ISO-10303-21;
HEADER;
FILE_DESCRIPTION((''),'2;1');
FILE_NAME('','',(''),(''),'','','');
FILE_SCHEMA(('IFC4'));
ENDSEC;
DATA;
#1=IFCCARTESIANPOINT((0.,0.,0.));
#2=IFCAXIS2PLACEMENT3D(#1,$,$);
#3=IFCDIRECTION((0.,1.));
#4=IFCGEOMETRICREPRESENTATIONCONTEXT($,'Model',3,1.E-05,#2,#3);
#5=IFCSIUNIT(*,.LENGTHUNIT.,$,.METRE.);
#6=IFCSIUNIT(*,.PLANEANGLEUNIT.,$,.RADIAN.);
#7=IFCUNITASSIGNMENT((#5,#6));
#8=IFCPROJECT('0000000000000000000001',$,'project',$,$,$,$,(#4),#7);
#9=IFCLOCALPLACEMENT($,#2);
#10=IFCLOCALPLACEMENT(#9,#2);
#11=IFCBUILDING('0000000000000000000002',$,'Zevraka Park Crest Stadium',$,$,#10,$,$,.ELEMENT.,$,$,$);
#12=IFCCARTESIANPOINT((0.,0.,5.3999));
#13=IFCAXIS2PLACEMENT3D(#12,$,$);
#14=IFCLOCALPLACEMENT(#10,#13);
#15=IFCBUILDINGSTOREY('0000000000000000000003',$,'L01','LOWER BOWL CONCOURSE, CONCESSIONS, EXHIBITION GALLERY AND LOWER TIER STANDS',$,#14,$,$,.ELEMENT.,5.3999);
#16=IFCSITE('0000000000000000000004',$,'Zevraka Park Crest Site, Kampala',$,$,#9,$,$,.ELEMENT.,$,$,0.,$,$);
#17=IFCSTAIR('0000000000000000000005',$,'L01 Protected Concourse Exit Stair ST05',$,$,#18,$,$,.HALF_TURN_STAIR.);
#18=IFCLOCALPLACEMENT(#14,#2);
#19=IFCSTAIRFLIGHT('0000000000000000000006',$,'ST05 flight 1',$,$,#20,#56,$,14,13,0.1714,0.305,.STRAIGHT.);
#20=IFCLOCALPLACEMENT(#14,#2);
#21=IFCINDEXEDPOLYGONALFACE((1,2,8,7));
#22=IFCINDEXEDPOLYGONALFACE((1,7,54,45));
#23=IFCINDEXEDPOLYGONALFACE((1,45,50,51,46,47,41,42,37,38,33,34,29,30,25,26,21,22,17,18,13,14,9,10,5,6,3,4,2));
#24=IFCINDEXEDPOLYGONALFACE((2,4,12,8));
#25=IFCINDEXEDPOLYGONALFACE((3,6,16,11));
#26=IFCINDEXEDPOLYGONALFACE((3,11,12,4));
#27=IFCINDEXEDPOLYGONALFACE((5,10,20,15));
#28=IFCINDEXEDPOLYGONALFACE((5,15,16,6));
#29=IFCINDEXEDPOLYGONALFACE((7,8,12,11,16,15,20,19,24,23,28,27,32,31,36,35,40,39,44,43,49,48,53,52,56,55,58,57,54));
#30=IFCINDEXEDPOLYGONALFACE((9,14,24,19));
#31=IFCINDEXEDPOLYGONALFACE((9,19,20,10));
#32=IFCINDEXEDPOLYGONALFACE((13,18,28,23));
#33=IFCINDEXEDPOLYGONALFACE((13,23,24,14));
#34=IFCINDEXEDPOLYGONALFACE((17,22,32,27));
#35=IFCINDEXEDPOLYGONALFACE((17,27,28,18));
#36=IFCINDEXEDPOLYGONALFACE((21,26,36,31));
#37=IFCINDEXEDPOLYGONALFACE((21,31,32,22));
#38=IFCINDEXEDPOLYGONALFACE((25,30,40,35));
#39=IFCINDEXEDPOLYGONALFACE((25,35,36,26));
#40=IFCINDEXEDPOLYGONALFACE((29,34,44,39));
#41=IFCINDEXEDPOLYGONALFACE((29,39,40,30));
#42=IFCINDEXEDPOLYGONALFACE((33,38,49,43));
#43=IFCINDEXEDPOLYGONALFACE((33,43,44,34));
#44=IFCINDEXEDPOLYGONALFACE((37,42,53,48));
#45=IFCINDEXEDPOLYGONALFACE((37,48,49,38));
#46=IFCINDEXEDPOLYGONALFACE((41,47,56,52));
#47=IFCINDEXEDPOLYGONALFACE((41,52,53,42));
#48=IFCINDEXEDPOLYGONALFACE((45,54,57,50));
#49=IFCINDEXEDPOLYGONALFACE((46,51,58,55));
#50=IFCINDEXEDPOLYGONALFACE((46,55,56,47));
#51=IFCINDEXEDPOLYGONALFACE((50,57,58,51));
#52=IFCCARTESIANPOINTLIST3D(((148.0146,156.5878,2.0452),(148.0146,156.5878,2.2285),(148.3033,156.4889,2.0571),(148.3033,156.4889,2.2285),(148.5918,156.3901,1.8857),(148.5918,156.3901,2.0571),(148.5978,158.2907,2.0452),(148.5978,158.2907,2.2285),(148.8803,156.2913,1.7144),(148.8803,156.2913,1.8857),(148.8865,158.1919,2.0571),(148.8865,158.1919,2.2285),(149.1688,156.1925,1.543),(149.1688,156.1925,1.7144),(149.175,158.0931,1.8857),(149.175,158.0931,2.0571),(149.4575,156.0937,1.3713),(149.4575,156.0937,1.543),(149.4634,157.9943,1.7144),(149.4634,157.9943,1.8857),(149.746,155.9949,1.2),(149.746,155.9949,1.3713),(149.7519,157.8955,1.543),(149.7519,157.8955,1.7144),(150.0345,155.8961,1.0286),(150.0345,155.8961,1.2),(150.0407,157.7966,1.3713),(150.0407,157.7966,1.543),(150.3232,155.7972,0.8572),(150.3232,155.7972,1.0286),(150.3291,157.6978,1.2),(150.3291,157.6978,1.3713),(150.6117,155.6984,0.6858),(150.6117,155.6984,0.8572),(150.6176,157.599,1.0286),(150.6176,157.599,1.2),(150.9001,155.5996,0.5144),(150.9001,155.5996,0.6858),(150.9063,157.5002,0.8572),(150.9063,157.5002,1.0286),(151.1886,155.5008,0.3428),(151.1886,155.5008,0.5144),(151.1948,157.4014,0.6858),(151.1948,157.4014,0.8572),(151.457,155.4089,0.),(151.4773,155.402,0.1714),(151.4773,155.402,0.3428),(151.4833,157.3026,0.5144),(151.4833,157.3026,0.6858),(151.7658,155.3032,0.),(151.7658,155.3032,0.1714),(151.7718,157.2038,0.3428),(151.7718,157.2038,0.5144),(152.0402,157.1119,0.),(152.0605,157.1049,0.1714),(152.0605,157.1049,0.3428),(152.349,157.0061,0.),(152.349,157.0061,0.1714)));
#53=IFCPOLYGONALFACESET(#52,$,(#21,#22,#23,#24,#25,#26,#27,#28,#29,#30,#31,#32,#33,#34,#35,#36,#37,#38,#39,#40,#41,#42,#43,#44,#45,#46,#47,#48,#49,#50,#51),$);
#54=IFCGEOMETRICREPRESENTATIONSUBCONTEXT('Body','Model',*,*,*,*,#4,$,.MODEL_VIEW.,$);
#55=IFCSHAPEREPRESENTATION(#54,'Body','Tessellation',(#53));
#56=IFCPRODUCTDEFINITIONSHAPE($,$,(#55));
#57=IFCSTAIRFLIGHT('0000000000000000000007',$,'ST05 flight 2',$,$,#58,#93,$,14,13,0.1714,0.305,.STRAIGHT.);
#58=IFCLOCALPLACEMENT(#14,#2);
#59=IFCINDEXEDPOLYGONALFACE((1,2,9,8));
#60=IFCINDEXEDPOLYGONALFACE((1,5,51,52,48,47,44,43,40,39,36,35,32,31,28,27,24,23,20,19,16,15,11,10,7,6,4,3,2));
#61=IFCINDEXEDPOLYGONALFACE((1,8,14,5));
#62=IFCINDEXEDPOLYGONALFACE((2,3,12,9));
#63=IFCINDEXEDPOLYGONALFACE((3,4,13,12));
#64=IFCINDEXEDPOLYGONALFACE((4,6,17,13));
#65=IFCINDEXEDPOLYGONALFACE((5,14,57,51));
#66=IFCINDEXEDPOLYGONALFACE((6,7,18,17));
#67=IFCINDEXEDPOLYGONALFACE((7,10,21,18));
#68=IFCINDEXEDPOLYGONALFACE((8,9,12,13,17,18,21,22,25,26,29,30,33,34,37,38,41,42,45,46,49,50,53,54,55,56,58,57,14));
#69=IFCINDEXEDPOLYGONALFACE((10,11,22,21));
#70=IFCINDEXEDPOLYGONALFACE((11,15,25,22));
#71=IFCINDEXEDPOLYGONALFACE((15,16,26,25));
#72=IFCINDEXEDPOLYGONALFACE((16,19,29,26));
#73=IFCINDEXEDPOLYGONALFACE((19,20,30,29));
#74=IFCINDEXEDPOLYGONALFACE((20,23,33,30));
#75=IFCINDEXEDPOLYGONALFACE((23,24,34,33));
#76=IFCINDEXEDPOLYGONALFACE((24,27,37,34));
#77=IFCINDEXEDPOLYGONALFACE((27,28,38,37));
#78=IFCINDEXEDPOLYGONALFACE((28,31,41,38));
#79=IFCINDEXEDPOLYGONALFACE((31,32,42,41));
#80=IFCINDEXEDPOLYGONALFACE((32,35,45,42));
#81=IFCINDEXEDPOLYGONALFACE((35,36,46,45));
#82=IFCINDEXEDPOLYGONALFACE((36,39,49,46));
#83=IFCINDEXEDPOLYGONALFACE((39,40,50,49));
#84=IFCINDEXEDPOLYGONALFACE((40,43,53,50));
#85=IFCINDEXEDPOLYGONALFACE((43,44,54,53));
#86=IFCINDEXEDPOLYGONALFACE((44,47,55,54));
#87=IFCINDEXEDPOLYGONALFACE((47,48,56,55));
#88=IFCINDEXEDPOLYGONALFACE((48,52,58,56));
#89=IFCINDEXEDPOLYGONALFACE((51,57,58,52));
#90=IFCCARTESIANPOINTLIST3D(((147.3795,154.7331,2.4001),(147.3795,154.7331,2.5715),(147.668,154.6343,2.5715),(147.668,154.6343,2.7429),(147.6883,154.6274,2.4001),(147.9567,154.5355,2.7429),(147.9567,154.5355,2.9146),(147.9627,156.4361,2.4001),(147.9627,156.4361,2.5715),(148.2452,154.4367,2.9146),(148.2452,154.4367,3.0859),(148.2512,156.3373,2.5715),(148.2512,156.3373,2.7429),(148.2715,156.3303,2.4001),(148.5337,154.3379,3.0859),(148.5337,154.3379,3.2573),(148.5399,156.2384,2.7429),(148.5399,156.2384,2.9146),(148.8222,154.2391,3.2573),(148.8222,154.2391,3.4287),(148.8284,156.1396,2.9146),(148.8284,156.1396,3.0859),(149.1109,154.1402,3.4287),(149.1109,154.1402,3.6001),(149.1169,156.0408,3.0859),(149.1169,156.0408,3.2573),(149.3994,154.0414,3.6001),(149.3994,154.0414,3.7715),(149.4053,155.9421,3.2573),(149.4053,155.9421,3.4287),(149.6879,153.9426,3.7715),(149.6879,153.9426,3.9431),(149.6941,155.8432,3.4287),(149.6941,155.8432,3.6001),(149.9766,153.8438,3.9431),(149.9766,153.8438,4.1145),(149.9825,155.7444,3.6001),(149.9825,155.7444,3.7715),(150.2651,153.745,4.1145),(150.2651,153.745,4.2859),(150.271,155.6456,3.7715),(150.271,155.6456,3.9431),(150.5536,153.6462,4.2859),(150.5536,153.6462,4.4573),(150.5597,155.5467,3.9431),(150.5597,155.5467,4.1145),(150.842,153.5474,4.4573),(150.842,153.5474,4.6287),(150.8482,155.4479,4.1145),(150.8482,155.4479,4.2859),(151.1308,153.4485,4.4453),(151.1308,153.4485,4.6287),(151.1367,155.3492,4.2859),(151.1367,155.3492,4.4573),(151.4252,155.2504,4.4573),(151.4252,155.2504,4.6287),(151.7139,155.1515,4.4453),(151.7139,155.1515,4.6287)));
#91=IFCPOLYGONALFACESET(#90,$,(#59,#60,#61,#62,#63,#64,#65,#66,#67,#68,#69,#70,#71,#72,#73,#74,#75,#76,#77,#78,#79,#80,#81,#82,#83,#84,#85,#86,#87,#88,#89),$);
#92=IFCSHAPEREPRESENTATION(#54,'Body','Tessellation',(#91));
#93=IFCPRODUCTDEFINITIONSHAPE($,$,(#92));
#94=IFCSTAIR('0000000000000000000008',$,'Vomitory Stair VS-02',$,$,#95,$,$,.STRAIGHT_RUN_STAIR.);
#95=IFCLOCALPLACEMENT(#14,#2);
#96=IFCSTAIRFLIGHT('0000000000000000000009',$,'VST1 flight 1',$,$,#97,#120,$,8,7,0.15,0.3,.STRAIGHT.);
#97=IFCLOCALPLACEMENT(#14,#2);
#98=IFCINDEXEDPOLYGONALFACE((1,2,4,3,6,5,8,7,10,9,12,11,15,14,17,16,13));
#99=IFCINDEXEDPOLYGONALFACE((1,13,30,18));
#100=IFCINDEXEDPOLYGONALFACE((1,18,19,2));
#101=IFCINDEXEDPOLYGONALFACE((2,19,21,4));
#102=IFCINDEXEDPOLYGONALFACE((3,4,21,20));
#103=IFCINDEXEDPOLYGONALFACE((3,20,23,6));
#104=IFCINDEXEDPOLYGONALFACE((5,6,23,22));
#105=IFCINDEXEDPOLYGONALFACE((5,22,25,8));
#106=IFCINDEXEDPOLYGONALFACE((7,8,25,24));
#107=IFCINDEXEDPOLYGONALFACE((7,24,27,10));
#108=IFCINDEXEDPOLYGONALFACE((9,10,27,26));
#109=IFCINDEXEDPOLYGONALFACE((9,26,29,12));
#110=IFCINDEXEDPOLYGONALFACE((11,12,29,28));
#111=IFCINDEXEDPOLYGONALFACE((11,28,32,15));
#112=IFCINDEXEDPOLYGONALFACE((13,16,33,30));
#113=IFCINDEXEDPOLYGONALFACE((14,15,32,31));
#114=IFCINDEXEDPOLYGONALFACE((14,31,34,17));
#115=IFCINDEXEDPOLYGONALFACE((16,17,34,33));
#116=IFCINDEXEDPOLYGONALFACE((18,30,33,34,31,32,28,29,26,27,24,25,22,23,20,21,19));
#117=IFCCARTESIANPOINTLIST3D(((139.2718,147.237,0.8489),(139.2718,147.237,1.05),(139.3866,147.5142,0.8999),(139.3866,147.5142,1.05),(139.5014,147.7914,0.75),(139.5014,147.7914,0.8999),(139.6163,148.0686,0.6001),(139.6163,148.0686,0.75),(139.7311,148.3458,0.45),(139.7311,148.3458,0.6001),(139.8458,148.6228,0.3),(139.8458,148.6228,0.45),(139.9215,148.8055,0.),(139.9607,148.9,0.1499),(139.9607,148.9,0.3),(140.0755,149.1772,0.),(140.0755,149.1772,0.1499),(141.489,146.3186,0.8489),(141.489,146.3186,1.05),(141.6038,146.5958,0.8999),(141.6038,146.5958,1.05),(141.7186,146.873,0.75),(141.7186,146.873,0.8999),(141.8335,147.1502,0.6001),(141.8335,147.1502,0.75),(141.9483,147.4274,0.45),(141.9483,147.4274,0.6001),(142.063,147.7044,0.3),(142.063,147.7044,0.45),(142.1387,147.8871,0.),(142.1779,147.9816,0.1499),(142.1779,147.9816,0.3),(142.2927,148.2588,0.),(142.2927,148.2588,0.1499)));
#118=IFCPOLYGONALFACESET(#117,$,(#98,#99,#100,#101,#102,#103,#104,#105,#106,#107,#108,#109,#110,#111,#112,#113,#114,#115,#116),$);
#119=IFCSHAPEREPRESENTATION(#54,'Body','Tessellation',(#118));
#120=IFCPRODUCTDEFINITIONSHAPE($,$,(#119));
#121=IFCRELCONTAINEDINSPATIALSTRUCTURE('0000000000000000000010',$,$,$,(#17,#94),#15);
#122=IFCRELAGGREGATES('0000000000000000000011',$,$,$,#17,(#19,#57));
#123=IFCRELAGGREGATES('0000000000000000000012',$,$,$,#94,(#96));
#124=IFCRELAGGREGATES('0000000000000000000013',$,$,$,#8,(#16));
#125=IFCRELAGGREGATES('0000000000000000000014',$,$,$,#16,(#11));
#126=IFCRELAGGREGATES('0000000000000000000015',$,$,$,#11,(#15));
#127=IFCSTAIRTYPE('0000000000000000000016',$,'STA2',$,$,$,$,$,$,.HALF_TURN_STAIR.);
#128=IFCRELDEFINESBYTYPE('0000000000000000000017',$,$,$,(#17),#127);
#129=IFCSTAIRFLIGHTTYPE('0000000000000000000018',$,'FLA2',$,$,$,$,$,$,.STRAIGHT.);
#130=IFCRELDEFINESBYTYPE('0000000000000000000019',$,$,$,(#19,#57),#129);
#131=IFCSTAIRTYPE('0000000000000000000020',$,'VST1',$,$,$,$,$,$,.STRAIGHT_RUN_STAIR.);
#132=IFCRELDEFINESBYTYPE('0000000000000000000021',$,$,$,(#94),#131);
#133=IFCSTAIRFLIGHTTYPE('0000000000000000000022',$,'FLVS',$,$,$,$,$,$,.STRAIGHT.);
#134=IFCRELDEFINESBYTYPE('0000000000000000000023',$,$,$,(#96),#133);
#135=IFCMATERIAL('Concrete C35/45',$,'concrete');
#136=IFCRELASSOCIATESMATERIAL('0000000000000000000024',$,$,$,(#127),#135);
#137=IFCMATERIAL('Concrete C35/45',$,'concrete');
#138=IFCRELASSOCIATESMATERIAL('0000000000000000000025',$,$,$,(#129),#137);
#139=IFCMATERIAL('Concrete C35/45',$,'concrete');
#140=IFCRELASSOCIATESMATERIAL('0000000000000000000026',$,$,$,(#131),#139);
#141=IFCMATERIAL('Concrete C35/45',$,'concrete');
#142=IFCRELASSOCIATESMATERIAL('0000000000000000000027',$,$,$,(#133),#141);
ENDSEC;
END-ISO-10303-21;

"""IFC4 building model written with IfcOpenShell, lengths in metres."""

from ifc_helpers import new_model, si_unit, direction, frame, origin, place, context, subcontext, project, spatial, polyline, outline, extrude, material, type_object, element, aggregate, save


model = new_model("IFC4")

# Units and contexts
model_context = context("Model", 3, precision=1e-05, world=origin(), true_north=direction((0.0, 1.0)))
body_context = subcontext(model_context, "Body", "Model", "MODEL_VIEW")
ifc_project = project(units=[si_unit("LENGTHUNIT", "METRE"), si_unit("PLANEANGLEUNIT", "RADIAN")], contexts=[model_context])

# Site, building, storey
site_placement = place(None, origin())
site = spatial("IfcSite", under=ifc_project, at=site_placement, Name="Zevraka Park Crest Site, Kampala", CompositionType="ELEMENT", RefElevation=0.0)
building_placement = place(site_placement, origin())
building = spatial("IfcBuilding", under=site, at=building_placement, Name="Zevraka Park Crest Stadium", CompositionType="ELEMENT")
storey_placement = place(building_placement, frame((0.0, 0.0, 5.3999)))
storey = spatial("IfcBuildingStorey", under=building, at=storey_placement, Name="L01", Description="LOWER BOWL CONCOURSE, CONCESSIONS, EXHIBITION GALLERY AND LOWER TIER STANDS", CompositionType="ELEMENT", Elevation=5.3999)

# Stair, stair flights
ifc_material_1 = material(Name="Concrete C35/45", Category="concrete")
stair_type_1 = type_object("IfcStairType", Name="STA2", PredefinedType="HALF_TURN_STAIR", material=ifc_material_1)
stair_1_placement = place(storey_placement, origin())
stair_1 = element("IfcStair", 1, at=stair_1_placement, inside=storey, type_object=stair_type_1, Name="L01 Protected Concourse Exit Stair ST05", PredefinedType="HALF_TURN_STAIR")
ifc_material_2 = material(Name="Concrete C35/45", Category="concrete")
stair_flight_type_1 = type_object("IfcStairFlightType", Name="FLA2", PredefinedType="STRAIGHT", material=ifc_material_2)
stair_flight_1_placement = place(storey_placement, frame((152.0574, 156.1545, 0.0), z_axis=(0.0, 0.0, 1.0), x_axis=(-0.946066, 0.323974, 0.0)))
stair_flight_1 = element("IfcStairFlight", 2, at=stair_flight_1_placement, type_object=stair_flight_type_1, Name="ST05 flight 1", NumberOfRisers=14, NumberOfTreads=13, PredefinedType="STRAIGHT", RiserHeight=0.1714, TreadLength=0.305, context=body_context, shape_type="SweptSolid", body=[
    extrude(outline(polyline([(0.0, 0.0), (0.0, 0.1714), (0.3049, 0.1714), (0.3049, 0.3428), (0.6101, 0.3428), (0.6101, 0.5144), (0.915, 0.5144), (0.915, 0.6858), (1.22, 0.6858), (1.22, 0.8572), (1.5249, 0.8572), (1.5249, 1.0286), (1.8301, 1.0286), (1.8301, 1.2), (2.135, 1.2), (2.135, 1.3713), (2.4399, 1.3713), (2.4399, 1.543), (2.7451, 1.543), (2.7451, 1.7144), (3.05, 1.7144), (3.05, 1.8857), (3.355, 1.8857), (3.355, 2.0571), (3.6599, 2.0571), (3.6599, 2.2285), (3.9651, 2.2285), (3.9651, 2.3999), (3.9651, 2.0452), (0.3264, 0.0), (0.0, 0.0)])), frame((0.0, 0.8999, 0.0), z_axis=(0.0, -1.0, 0.0), x_axis=(1.0, 0.0, 0.0)), (0.0, 0.0, 1.0), 1.8),
])
stair_flight_2_placement = place(storey_placement, frame((147.6711, 155.5847, 2.4001), z_axis=(0.0, 0.0, 1.0), x_axis=(0.946066, -0.323974, 0.0)))
stair_flight_2 = element("IfcStairFlight", 3, at=stair_flight_2_placement, type_object=stair_flight_type_1, Name="ST05 flight 2", NumberOfRisers=14, NumberOfTreads=13, PredefinedType="STRAIGHT", RiserHeight=0.1714, TreadLength=0.305, context=body_context, shape_type="SweptSolid", body=[
    extrude(outline(polyline([(0.0, 0.0), (0.0, 0.1714), (0.3049, 0.1714), (0.3049, 0.3428), (0.6101, 0.3428), (0.6101, 0.5144), (0.915, 0.5144), (0.915, 0.6858), (1.22, 0.6858), (1.22, 0.8572), (1.5249, 0.8572), (1.5249, 1.0286), (1.8301, 1.0286), (1.8301, 1.2), (2.135, 1.2), (2.135, 1.3713), (2.4399, 1.3713), (2.4399, 1.543), (2.7451, 1.543), (2.7451, 1.7144), (3.05, 1.7144), (3.05, 1.8857), (3.355, 1.8857), (3.355, 2.0571), (3.6599, 2.0571), (3.6599, 2.2285), (3.9651, 2.2285), (3.9651, 2.3999), (3.9651, 2.0452), (0.3264, 0.0), (0.0, 0.0)])), frame((0.0, 0.8999, 0.0), z_axis=(0.0, -1.0, 0.0), x_axis=(1.0, 0.0, 0.0)), (0.0, 0.0, 1.0), 1.8),
])
aggregate(stair_1, [stair_flight_1, stair_flight_2])

# Stair, stair flight
ifc_material_3 = material(Name="Concrete C35/45", Category="concrete")
stair_type_2 = type_object("IfcStairType", Name="VST1", PredefinedType="STRAIGHT_RUN_STAIR", material=ifc_material_3)
stair_2_placement = place(storey_placement, origin())
stair_2 = element("IfcStair", 4, at=stair_2_placement, inside=storey, type_object=stair_type_2, Name="Vomitory Stair VS-02", PredefinedType="STRAIGHT_RUN_STAIR")
ifc_material_4 = material(Name="Concrete C35/45", Category="concrete")
stair_flight_type_2 = type_object("IfcStairFlightType", Name="FLVS", PredefinedType="STRAIGHT", material=ifc_material_4)
stair_flight_3_placement = place(storey_placement, frame((141.1841, 148.718, 0.0), z_axis=(0.0, 0.0, 1.0), x_axis=(-0.3827, -0.923873, 0.0)))
stair_flight_3 = element("IfcStairFlight", 5, at=stair_flight_3_placement, type_object=stair_flight_type_2, Name="VST1 flight 1", NumberOfRisers=8, NumberOfTreads=7, PredefinedType="STRAIGHT", RiserHeight=0.15, TreadLength=0.3, context=body_context, shape_type="SweptSolid", body=[
    extrude(outline(polyline([(0.0, 0.0), (0.0, 0.1499), (0.3, 0.1499), (0.3, 0.3), (0.6001, 0.3), (0.6001, 0.45), (0.8999, 0.45), (0.8999, 0.6001), (1.2, 0.6001), (1.2, 0.75), (1.5, 0.75), (1.5, 0.8999), (1.8, 0.8999), (1.8, 1.05), (2.1001, 1.05), (2.1001, 1.2), (2.1001, 0.8489), (0.4023, 0.0), (0.0, 0.0)])), frame((0.0, 1.2, 0.0), z_axis=(0.0, -1.0, 0.0), x_axis=(1.0, 0.0, 0.0)), (0.0, 0.0, 1.0), 2.3999),
])
aggregate(stair_2, [stair_flight_3])

save(model, "model.ifc")
